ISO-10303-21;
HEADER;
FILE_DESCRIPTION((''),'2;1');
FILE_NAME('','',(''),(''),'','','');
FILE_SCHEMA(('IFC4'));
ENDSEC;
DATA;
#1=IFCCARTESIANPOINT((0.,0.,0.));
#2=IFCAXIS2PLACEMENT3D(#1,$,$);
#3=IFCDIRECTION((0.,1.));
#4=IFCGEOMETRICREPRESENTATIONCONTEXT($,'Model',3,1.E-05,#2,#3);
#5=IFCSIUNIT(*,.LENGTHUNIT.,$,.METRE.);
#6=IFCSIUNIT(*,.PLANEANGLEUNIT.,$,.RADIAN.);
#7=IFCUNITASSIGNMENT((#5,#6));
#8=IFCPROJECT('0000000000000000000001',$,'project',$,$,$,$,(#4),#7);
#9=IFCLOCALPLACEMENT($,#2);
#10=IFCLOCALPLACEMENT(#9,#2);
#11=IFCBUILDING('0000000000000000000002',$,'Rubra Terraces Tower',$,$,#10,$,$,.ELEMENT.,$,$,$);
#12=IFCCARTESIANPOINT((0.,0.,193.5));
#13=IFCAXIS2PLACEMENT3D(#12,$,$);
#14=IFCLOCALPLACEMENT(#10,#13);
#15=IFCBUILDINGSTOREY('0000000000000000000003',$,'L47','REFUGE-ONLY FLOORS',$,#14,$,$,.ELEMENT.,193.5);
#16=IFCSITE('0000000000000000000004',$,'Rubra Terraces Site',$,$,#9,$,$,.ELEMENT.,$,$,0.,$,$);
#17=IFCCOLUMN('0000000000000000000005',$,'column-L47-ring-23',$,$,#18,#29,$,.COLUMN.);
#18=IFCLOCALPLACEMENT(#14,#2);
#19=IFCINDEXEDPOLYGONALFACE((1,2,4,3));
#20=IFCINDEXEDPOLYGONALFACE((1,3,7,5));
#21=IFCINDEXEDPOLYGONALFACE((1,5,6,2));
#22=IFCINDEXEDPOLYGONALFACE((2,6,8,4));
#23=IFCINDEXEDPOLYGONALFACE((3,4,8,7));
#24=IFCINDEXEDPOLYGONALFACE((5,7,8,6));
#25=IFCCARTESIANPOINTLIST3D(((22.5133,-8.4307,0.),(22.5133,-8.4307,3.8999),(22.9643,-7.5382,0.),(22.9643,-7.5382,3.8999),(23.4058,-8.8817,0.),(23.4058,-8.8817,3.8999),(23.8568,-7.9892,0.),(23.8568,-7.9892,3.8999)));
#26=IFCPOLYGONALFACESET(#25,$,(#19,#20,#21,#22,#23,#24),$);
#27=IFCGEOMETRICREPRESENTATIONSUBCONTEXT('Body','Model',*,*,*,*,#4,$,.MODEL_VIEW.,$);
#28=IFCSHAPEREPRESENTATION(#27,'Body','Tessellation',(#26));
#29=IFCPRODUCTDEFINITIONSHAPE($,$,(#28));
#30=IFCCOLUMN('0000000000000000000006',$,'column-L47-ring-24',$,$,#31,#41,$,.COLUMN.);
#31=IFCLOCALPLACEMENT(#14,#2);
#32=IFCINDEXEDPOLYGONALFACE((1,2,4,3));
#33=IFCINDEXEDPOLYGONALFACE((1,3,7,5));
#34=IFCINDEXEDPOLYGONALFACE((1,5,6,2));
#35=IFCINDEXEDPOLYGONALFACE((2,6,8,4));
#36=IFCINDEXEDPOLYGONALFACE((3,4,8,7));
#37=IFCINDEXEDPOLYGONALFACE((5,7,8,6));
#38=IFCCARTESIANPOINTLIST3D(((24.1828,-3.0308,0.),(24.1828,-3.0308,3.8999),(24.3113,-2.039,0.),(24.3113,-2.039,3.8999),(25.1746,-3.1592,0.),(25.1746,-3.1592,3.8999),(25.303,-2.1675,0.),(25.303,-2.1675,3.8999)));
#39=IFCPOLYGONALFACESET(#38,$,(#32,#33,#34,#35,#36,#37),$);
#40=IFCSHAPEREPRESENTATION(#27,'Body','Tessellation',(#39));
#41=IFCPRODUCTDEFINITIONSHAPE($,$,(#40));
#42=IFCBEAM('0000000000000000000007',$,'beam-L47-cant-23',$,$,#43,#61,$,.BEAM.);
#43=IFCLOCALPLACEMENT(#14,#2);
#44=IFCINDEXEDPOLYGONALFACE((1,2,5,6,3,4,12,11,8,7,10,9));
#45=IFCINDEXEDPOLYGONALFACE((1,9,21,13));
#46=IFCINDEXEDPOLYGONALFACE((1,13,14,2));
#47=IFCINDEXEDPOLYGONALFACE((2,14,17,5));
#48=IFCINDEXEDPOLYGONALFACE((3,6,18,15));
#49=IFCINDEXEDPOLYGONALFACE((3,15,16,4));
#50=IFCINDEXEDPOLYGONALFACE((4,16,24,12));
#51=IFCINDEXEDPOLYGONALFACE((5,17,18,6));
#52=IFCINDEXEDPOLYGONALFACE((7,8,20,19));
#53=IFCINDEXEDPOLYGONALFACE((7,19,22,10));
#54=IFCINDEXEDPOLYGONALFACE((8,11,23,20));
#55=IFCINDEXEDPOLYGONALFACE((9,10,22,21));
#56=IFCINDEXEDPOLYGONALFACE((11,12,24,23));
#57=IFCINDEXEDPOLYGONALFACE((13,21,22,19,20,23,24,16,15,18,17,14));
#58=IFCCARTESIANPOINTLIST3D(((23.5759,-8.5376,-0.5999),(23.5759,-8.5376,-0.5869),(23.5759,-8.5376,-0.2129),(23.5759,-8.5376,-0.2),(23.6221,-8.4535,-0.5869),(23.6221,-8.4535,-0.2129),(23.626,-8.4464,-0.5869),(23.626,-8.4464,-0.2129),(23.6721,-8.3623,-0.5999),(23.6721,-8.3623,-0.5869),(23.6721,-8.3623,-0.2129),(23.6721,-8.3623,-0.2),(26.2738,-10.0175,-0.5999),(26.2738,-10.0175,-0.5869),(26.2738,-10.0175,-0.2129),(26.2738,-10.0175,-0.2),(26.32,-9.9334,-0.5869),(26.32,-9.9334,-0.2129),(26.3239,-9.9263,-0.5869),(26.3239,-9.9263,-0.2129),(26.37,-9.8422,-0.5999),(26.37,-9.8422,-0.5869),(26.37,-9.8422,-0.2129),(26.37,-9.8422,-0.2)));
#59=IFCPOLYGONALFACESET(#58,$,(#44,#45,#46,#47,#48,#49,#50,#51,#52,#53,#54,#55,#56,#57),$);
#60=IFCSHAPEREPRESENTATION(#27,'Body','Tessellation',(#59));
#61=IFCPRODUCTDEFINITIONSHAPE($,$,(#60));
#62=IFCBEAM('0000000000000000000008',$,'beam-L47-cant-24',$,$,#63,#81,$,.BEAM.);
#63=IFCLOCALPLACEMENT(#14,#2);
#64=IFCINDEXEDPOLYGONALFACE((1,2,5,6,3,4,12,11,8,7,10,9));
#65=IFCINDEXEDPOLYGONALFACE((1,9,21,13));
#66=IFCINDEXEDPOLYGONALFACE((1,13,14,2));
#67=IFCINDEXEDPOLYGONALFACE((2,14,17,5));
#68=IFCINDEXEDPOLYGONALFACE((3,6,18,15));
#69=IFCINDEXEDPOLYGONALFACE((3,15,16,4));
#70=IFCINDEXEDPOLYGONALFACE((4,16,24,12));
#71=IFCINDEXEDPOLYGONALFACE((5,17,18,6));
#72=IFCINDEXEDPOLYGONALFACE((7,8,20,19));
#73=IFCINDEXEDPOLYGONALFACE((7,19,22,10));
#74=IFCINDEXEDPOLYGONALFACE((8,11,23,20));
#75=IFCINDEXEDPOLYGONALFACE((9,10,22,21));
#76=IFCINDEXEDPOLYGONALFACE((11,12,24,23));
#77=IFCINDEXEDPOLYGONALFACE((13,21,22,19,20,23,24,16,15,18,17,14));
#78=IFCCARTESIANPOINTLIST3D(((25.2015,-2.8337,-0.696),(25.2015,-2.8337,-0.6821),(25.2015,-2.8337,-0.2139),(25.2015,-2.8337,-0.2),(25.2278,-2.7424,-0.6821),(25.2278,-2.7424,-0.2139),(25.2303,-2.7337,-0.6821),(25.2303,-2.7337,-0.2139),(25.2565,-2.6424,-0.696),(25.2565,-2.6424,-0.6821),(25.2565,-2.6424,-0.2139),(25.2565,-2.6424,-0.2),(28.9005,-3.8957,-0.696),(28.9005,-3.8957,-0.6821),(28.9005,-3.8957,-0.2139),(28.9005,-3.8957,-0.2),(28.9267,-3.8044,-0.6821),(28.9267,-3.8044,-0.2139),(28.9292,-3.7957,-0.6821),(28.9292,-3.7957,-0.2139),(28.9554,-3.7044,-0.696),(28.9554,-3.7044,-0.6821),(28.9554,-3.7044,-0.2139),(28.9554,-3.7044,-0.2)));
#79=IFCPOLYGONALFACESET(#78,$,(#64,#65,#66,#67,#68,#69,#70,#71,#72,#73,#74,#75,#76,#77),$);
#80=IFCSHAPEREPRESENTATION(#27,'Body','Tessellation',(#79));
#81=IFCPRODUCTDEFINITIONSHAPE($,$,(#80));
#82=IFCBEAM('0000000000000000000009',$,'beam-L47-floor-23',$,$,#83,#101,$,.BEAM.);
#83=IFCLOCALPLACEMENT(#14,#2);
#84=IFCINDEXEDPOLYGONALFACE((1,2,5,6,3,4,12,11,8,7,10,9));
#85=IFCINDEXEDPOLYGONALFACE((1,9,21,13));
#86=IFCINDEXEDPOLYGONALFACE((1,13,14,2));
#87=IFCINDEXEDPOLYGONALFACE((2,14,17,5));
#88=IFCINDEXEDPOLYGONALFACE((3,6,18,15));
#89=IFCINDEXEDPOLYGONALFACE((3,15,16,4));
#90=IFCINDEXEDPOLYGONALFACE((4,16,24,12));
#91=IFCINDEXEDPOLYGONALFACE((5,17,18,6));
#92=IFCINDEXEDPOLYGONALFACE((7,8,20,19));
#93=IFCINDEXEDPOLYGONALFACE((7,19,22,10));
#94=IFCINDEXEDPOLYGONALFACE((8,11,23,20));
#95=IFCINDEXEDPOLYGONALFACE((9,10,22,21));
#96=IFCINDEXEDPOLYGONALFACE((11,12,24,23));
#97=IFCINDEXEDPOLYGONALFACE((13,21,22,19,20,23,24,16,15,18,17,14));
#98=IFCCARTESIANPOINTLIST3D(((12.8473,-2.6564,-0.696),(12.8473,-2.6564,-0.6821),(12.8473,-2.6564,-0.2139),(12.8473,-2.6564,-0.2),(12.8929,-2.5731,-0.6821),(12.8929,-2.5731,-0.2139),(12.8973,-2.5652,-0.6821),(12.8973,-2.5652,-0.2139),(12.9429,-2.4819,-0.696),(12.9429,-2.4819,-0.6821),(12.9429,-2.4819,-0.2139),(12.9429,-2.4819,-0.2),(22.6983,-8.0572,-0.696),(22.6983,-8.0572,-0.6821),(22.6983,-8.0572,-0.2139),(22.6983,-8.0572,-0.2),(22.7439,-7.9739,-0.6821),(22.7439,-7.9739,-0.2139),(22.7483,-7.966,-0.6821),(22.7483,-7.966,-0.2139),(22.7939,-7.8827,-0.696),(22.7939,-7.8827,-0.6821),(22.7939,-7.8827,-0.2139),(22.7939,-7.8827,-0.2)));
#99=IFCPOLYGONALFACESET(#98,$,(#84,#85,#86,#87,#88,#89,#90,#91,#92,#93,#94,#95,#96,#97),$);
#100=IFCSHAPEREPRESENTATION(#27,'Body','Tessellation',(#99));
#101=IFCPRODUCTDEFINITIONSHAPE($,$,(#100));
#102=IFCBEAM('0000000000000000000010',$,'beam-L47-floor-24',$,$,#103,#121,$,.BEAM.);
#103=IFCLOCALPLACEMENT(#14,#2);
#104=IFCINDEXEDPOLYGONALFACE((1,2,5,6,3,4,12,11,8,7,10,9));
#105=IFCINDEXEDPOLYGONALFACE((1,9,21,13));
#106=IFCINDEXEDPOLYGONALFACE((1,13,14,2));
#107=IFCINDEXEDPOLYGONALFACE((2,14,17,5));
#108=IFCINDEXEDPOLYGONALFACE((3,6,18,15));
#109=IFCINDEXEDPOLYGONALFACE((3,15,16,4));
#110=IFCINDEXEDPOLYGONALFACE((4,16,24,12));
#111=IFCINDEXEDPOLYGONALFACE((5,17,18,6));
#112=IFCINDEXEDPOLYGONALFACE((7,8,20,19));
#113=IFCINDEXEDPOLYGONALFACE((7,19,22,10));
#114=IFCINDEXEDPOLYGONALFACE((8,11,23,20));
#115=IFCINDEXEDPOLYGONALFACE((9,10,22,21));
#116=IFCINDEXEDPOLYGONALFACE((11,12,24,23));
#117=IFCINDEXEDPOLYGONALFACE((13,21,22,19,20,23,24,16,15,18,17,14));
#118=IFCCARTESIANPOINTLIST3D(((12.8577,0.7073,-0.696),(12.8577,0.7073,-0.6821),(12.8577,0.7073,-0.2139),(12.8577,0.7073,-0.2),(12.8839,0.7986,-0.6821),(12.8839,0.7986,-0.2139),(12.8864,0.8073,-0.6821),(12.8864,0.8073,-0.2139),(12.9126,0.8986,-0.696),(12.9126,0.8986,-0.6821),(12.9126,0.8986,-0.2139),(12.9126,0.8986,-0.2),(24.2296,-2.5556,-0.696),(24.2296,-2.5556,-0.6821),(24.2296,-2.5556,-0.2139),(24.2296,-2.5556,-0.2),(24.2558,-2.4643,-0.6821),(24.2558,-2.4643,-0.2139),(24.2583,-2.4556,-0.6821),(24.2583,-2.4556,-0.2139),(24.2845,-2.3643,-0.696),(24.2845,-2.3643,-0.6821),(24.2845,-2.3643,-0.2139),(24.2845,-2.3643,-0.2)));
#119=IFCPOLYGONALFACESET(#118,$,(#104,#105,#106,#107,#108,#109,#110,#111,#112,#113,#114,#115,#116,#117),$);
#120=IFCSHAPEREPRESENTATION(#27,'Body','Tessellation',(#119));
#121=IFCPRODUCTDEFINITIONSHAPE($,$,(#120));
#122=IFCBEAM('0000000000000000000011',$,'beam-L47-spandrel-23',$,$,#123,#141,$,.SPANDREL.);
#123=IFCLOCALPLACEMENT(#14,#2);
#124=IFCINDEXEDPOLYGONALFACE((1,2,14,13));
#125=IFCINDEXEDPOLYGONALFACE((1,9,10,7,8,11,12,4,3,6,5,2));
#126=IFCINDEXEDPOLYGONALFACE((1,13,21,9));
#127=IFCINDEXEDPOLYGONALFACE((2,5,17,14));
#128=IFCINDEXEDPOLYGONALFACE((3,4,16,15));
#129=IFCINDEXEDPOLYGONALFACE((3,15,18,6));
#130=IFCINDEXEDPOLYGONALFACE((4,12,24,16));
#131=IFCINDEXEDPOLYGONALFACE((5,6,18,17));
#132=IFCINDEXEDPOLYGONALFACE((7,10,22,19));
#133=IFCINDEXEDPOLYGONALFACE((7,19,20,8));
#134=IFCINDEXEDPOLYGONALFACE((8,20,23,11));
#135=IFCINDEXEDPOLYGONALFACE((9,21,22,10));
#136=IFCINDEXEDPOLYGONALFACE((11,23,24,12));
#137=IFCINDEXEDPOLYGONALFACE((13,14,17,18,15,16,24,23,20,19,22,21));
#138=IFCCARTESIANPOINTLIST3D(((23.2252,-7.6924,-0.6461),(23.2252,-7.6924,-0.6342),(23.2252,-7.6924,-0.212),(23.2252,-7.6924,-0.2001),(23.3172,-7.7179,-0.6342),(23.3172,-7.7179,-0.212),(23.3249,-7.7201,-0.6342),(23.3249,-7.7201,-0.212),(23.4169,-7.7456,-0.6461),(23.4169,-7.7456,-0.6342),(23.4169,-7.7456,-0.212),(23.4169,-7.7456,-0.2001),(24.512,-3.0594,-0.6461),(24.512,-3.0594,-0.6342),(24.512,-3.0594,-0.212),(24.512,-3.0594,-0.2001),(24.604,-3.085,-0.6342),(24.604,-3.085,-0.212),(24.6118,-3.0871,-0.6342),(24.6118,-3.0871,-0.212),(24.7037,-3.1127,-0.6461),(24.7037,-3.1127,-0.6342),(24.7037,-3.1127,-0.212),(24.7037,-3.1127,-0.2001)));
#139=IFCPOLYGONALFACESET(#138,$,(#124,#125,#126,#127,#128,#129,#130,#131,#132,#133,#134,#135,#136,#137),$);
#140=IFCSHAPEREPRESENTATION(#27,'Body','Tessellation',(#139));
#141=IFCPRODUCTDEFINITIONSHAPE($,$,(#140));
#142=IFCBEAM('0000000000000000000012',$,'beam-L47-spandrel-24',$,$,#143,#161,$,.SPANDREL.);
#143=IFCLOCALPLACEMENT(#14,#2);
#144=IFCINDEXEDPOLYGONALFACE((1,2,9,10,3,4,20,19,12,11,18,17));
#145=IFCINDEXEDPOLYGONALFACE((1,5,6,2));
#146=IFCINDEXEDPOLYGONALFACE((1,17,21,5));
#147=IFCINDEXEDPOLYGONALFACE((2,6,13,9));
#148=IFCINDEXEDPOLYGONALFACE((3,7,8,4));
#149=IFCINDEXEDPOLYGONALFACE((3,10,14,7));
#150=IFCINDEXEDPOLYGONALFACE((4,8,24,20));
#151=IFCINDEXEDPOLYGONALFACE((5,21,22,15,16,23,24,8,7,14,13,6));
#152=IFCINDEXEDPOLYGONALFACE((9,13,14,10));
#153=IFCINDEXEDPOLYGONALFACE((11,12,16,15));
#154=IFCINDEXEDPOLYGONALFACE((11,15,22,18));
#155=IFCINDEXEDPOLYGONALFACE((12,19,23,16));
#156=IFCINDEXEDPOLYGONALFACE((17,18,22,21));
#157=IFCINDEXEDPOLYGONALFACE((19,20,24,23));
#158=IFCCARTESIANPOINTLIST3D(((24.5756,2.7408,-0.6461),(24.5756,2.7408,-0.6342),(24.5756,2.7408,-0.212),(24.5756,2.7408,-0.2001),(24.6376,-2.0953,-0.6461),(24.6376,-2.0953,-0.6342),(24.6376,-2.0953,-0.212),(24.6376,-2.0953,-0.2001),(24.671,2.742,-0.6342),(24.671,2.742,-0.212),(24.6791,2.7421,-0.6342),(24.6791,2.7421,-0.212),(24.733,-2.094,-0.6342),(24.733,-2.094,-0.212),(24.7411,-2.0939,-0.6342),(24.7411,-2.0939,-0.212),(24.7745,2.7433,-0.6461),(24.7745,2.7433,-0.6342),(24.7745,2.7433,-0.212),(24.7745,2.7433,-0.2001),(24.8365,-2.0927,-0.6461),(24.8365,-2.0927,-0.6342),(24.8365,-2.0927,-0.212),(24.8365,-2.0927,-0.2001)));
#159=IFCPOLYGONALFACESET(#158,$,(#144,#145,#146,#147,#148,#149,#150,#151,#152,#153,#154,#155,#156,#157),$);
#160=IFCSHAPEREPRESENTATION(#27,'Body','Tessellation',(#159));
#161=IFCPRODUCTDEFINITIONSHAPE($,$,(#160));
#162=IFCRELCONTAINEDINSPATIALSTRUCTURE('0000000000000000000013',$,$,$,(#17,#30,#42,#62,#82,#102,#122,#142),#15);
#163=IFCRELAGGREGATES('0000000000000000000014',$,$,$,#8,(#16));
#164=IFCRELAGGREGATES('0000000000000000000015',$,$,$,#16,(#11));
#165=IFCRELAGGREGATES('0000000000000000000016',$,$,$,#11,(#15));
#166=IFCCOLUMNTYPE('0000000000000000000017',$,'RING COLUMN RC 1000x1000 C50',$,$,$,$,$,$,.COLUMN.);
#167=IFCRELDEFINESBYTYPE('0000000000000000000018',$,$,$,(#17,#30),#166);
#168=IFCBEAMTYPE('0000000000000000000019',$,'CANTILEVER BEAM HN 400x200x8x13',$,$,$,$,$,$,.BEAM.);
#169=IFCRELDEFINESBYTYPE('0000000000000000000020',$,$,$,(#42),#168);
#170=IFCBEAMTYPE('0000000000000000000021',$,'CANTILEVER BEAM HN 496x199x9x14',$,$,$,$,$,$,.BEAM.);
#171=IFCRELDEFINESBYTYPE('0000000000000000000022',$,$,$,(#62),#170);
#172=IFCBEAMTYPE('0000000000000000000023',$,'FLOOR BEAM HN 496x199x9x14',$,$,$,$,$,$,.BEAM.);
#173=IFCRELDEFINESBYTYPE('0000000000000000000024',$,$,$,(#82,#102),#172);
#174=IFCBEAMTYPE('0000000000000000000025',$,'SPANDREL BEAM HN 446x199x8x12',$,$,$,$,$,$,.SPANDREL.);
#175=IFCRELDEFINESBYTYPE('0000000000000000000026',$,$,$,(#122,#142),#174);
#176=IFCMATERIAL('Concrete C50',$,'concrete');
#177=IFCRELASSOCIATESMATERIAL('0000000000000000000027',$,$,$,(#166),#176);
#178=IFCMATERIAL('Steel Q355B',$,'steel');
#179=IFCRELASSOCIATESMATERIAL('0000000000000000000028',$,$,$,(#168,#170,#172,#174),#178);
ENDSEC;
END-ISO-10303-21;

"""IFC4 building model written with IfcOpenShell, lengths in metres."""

from ifc_helpers import new_model, si_unit, direction, frame, origin, origin_2d, place, context, subcontext, project, spatial, rectangle, i_section, extrude, material, material_profile, profile_set, type_object, element, save


model = new_model("IFC4")

# Units and contexts
model_context = context("Model", 3, precision=1e-05, world=origin(), true_north=direction((0.0, 1.0)))
body_context = subcontext(model_context, "Body", "Model", "MODEL_VIEW")
ifc_project = project(units=[si_unit("LENGTHUNIT", "METRE"), si_unit("PLANEANGLEUNIT", "RADIAN")], contexts=[model_context])

# Site, building, storey
site_placement = place(None, origin())
site = spatial("IfcSite", under=ifc_project, at=site_placement, Name="Rubra Terraces Site", CompositionType="ELEMENT", RefElevation=0.0)
building_placement = place(site_placement, origin())
building = spatial("IfcBuilding", under=site, at=building_placement, Name="Rubra Terraces Tower", CompositionType="ELEMENT")
storey_placement = place(building_placement, frame((0.0, 0.0, 193.5)))
storey = spatial("IfcBuildingStorey", under=building, at=storey_placement, Name="L47", Description="REFUGE-ONLY FLOORS", CompositionType="ELEMENT", Elevation=193.5)

# Columns
ifc_material_1 = material(Name="Concrete C50", Category="concrete")
ifc_material_profile_1 = material_profile(ifc_material_1, rectangle(XDim=1.0, YDim=1.0, at=origin_2d()), Name="RC 1000x1000")
ifc_profile_set_1 = profile_set([ifc_material_profile_1], Name="Concrete C50")
column_type = type_object("IfcColumnType", Name="RING COLUMN RC 1000x1000 C50", PredefinedType="COLUMN", material=ifc_profile_set_1)
for number, where, z_axis, x_axis, name in (
    (1, (23.1851, -8.21, 0.0), (0.0, 0.0, 1.0), (0.451028, 0.89251, 0.0), "column-L47-ring-23"),
    (2, (24.7429, -2.5991, 0.0), (0.0, 0.0, 1.0), (0.128444, 0.991717, 0.0), "column-L47-ring-24"),
):
    element("IfcColumn", number, at=place(storey_placement, frame(where, z_axis=z_axis, x_axis=x_axis)), inside=storey, type_object=column_type, Name=name, PredefinedType="COLUMN", context=body_context, shape_type="SweptSolid", body=[
        extrude(rectangle(XDim=1.0, YDim=1.0, at=origin_2d()), origin(), (0.0, 0.0, 1.0), 3.8999),
    ])

# Beams
ifc_material_2 = material(Name="Steel Q355B", Category="steel")
ifc_material_profile_2 = material_profile(ifc_material_2, i_section(OverallWidth=0.2, OverallDepth=0.3999, WebThickness=0.0081, FlangeThickness=0.0129, at=origin_2d()), Name="HN 400x200x8x13")
ifc_profile_set_2 = profile_set([ifc_material_profile_2], Name="Steel Q355B")
beam_type_1 = type_object("IfcBeamType", Name="CANTILEVER BEAM HN 400x200x8x13", PredefinedType="BEAM", material=ifc_profile_set_2)
beam_1_placement = place(storey_placement, frame((23.624, -8.45, -0.3999), z_axis=(0.876753, -0.480941, 0.0), x_axis=(0.480941, 0.876753, 0.0)))
element("IfcBeam", 3, at=beam_1_placement, inside=storey, type_object=beam_type_1, Name="beam-L47-cant-23", PredefinedType="BEAM", context=body_context, shape_type="SweptSolid", body=[
    extrude(i_section(OverallWidth=0.2, OverallDepth=0.3999, WebThickness=0.0081, FlangeThickness=0.0129, at=origin_2d()), origin(), (0.0, 0.0, 1.0), 3.0771),
])
ifc_material_profile_3 = material_profile(ifc_material_2, i_section(OverallWidth=0.199, OverallDepth=0.4961, WebThickness=0.009, FlangeThickness=0.0139, at=origin_2d()), Name="HN 496x199x9x14")
ifc_profile_set_3 = profile_set([ifc_material_profile_3], Name="Steel Q355B")
beam_type_2 = type_object("IfcBeamType", Name="CANTILEVER BEAM HN 496x199x9x14", PredefinedType="BEAM", material=ifc_profile_set_3)
beam_2_placement = place(storey_placement, frame((25.229, -2.738, -0.448), z_axis=(0.961169, -0.275961, 0.0), x_axis=(0.275961, 0.961169, 0.0)))
element("IfcBeam", 4, at=beam_2_placement, inside=storey, type_object=beam_type_2, Name="beam-L47-cant-24", PredefinedType="BEAM", context=body_context, shape_type="SweptSolid", body=[
    extrude(i_section(OverallWidth=0.199, OverallDepth=0.4961, WebThickness=0.009, FlangeThickness=0.0139, at=origin_2d()), origin(), (0.0, 0.0, 1.0), 3.8484),
])
ifc_material_profile_4 = material_profile(ifc_material_2, i_section(OverallWidth=0.199, OverallDepth=0.4961, WebThickness=0.009, FlangeThickness=0.0139, at=origin_2d()), Name="HN 496x199x9x14")
ifc_profile_set_4 = profile_set([ifc_material_profile_4], Name="Steel Q355B")
beam_type_3 = type_object("IfcBeamType", Name="FLOOR BEAM HN 496x199x9x14", PredefinedType="BEAM", material=ifc_profile_set_4)
beam_3_placement = place(storey_placement, frame((22.7461, -7.97, -0.448), z_axis=(-0.876862, 0.480742, 0.0), x_axis=(-0.480742, -0.876862, 0.0)))
element("IfcBeam", 5, at=beam_3_placement, inside=storey, type_object=beam_type_3, Name="beam-L47-floor-23", PredefinedType="BEAM", context=body_context, shape_type="SweptSolid", body=[
    extrude(i_section(OverallWidth=0.199, OverallDepth=0.4961, WebThickness=0.009, FlangeThickness=0.0139, at=origin_2d()), origin(), (0.0, 0.0, 1.0), 11.2344),
])
beam_4_placement = place(storey_placement, frame((24.2571, -2.46, -0.448), z_axis=(-0.961216, 0.275798, 0.0), x_axis=(-0.275798, -0.961216, 0.0)))
element("IfcBeam", 6, at=beam_4_placement, inside=storey, type_object=beam_type_3, Name="beam-L47-floor-24", PredefinedType="BEAM", context=body_context, shape_type="SweptSolid", body=[
    extrude(i_section(OverallWidth=0.199, OverallDepth=0.4961, WebThickness=0.009, FlangeThickness=0.0139, at=origin_2d()), origin(), (0.0, 0.0, 1.0), 11.8308),
])
ifc_material_profile_5 = material_profile(ifc_material_2, i_section(OverallWidth=0.199, OverallDepth=0.446, WebThickness=0.0081, FlangeThickness=0.012, at=origin_2d()), Name="HN 446x199x8x12")
ifc_profile_set_5 = profile_set([ifc_material_profile_5], Name="Steel Q355B")
beam_type_4 = type_object("IfcBeamType", Name="SPANDREL BEAM HN 446x199x8x12", PredefinedType="SPANDREL", material=ifc_profile_set_5)
beam_5_placement = place(storey_placement, frame((23.321, -7.719, -0.4231), z_axis=(0.267626, 0.963523, 0.0), x_axis=(-0.963523, 0.267626, 0.0)))
element("IfcBeam", 7, at=beam_5_placement, inside=storey, type_object=beam_type_4, Name="beam-L47-spandrel-23", PredefinedType="SPANDREL", context=body_context, shape_type="SweptSolid", body=[
    extrude(i_section(OverallWidth=0.199, OverallDepth=0.446, WebThickness=0.0081, FlangeThickness=0.012, at=origin_2d()), origin(), (0.0, 0.0, 1.0), 4.8083),
])
beam_6_placement = place(storey_placement, frame((24.7371, -2.094, -0.4231), z_axis=(-0.012822, 0.999918, 0.0), x_axis=(-0.999918, -0.012822, 0.0)))
element("IfcBeam", 8, at=beam_6_placement, inside=storey, type_object=beam_type_4, Name="beam-L47-spandrel-24", PredefinedType="SPANDREL", context=body_context, shape_type="SweptSolid", body=[
    extrude(i_section(OverallWidth=0.199, OverallDepth=0.446, WebThickness=0.0081, FlangeThickness=0.012, at=origin_2d()), origin(), (0.0, 0.0, 1.0), 4.8364),
])

save(model, "model.ifc")
